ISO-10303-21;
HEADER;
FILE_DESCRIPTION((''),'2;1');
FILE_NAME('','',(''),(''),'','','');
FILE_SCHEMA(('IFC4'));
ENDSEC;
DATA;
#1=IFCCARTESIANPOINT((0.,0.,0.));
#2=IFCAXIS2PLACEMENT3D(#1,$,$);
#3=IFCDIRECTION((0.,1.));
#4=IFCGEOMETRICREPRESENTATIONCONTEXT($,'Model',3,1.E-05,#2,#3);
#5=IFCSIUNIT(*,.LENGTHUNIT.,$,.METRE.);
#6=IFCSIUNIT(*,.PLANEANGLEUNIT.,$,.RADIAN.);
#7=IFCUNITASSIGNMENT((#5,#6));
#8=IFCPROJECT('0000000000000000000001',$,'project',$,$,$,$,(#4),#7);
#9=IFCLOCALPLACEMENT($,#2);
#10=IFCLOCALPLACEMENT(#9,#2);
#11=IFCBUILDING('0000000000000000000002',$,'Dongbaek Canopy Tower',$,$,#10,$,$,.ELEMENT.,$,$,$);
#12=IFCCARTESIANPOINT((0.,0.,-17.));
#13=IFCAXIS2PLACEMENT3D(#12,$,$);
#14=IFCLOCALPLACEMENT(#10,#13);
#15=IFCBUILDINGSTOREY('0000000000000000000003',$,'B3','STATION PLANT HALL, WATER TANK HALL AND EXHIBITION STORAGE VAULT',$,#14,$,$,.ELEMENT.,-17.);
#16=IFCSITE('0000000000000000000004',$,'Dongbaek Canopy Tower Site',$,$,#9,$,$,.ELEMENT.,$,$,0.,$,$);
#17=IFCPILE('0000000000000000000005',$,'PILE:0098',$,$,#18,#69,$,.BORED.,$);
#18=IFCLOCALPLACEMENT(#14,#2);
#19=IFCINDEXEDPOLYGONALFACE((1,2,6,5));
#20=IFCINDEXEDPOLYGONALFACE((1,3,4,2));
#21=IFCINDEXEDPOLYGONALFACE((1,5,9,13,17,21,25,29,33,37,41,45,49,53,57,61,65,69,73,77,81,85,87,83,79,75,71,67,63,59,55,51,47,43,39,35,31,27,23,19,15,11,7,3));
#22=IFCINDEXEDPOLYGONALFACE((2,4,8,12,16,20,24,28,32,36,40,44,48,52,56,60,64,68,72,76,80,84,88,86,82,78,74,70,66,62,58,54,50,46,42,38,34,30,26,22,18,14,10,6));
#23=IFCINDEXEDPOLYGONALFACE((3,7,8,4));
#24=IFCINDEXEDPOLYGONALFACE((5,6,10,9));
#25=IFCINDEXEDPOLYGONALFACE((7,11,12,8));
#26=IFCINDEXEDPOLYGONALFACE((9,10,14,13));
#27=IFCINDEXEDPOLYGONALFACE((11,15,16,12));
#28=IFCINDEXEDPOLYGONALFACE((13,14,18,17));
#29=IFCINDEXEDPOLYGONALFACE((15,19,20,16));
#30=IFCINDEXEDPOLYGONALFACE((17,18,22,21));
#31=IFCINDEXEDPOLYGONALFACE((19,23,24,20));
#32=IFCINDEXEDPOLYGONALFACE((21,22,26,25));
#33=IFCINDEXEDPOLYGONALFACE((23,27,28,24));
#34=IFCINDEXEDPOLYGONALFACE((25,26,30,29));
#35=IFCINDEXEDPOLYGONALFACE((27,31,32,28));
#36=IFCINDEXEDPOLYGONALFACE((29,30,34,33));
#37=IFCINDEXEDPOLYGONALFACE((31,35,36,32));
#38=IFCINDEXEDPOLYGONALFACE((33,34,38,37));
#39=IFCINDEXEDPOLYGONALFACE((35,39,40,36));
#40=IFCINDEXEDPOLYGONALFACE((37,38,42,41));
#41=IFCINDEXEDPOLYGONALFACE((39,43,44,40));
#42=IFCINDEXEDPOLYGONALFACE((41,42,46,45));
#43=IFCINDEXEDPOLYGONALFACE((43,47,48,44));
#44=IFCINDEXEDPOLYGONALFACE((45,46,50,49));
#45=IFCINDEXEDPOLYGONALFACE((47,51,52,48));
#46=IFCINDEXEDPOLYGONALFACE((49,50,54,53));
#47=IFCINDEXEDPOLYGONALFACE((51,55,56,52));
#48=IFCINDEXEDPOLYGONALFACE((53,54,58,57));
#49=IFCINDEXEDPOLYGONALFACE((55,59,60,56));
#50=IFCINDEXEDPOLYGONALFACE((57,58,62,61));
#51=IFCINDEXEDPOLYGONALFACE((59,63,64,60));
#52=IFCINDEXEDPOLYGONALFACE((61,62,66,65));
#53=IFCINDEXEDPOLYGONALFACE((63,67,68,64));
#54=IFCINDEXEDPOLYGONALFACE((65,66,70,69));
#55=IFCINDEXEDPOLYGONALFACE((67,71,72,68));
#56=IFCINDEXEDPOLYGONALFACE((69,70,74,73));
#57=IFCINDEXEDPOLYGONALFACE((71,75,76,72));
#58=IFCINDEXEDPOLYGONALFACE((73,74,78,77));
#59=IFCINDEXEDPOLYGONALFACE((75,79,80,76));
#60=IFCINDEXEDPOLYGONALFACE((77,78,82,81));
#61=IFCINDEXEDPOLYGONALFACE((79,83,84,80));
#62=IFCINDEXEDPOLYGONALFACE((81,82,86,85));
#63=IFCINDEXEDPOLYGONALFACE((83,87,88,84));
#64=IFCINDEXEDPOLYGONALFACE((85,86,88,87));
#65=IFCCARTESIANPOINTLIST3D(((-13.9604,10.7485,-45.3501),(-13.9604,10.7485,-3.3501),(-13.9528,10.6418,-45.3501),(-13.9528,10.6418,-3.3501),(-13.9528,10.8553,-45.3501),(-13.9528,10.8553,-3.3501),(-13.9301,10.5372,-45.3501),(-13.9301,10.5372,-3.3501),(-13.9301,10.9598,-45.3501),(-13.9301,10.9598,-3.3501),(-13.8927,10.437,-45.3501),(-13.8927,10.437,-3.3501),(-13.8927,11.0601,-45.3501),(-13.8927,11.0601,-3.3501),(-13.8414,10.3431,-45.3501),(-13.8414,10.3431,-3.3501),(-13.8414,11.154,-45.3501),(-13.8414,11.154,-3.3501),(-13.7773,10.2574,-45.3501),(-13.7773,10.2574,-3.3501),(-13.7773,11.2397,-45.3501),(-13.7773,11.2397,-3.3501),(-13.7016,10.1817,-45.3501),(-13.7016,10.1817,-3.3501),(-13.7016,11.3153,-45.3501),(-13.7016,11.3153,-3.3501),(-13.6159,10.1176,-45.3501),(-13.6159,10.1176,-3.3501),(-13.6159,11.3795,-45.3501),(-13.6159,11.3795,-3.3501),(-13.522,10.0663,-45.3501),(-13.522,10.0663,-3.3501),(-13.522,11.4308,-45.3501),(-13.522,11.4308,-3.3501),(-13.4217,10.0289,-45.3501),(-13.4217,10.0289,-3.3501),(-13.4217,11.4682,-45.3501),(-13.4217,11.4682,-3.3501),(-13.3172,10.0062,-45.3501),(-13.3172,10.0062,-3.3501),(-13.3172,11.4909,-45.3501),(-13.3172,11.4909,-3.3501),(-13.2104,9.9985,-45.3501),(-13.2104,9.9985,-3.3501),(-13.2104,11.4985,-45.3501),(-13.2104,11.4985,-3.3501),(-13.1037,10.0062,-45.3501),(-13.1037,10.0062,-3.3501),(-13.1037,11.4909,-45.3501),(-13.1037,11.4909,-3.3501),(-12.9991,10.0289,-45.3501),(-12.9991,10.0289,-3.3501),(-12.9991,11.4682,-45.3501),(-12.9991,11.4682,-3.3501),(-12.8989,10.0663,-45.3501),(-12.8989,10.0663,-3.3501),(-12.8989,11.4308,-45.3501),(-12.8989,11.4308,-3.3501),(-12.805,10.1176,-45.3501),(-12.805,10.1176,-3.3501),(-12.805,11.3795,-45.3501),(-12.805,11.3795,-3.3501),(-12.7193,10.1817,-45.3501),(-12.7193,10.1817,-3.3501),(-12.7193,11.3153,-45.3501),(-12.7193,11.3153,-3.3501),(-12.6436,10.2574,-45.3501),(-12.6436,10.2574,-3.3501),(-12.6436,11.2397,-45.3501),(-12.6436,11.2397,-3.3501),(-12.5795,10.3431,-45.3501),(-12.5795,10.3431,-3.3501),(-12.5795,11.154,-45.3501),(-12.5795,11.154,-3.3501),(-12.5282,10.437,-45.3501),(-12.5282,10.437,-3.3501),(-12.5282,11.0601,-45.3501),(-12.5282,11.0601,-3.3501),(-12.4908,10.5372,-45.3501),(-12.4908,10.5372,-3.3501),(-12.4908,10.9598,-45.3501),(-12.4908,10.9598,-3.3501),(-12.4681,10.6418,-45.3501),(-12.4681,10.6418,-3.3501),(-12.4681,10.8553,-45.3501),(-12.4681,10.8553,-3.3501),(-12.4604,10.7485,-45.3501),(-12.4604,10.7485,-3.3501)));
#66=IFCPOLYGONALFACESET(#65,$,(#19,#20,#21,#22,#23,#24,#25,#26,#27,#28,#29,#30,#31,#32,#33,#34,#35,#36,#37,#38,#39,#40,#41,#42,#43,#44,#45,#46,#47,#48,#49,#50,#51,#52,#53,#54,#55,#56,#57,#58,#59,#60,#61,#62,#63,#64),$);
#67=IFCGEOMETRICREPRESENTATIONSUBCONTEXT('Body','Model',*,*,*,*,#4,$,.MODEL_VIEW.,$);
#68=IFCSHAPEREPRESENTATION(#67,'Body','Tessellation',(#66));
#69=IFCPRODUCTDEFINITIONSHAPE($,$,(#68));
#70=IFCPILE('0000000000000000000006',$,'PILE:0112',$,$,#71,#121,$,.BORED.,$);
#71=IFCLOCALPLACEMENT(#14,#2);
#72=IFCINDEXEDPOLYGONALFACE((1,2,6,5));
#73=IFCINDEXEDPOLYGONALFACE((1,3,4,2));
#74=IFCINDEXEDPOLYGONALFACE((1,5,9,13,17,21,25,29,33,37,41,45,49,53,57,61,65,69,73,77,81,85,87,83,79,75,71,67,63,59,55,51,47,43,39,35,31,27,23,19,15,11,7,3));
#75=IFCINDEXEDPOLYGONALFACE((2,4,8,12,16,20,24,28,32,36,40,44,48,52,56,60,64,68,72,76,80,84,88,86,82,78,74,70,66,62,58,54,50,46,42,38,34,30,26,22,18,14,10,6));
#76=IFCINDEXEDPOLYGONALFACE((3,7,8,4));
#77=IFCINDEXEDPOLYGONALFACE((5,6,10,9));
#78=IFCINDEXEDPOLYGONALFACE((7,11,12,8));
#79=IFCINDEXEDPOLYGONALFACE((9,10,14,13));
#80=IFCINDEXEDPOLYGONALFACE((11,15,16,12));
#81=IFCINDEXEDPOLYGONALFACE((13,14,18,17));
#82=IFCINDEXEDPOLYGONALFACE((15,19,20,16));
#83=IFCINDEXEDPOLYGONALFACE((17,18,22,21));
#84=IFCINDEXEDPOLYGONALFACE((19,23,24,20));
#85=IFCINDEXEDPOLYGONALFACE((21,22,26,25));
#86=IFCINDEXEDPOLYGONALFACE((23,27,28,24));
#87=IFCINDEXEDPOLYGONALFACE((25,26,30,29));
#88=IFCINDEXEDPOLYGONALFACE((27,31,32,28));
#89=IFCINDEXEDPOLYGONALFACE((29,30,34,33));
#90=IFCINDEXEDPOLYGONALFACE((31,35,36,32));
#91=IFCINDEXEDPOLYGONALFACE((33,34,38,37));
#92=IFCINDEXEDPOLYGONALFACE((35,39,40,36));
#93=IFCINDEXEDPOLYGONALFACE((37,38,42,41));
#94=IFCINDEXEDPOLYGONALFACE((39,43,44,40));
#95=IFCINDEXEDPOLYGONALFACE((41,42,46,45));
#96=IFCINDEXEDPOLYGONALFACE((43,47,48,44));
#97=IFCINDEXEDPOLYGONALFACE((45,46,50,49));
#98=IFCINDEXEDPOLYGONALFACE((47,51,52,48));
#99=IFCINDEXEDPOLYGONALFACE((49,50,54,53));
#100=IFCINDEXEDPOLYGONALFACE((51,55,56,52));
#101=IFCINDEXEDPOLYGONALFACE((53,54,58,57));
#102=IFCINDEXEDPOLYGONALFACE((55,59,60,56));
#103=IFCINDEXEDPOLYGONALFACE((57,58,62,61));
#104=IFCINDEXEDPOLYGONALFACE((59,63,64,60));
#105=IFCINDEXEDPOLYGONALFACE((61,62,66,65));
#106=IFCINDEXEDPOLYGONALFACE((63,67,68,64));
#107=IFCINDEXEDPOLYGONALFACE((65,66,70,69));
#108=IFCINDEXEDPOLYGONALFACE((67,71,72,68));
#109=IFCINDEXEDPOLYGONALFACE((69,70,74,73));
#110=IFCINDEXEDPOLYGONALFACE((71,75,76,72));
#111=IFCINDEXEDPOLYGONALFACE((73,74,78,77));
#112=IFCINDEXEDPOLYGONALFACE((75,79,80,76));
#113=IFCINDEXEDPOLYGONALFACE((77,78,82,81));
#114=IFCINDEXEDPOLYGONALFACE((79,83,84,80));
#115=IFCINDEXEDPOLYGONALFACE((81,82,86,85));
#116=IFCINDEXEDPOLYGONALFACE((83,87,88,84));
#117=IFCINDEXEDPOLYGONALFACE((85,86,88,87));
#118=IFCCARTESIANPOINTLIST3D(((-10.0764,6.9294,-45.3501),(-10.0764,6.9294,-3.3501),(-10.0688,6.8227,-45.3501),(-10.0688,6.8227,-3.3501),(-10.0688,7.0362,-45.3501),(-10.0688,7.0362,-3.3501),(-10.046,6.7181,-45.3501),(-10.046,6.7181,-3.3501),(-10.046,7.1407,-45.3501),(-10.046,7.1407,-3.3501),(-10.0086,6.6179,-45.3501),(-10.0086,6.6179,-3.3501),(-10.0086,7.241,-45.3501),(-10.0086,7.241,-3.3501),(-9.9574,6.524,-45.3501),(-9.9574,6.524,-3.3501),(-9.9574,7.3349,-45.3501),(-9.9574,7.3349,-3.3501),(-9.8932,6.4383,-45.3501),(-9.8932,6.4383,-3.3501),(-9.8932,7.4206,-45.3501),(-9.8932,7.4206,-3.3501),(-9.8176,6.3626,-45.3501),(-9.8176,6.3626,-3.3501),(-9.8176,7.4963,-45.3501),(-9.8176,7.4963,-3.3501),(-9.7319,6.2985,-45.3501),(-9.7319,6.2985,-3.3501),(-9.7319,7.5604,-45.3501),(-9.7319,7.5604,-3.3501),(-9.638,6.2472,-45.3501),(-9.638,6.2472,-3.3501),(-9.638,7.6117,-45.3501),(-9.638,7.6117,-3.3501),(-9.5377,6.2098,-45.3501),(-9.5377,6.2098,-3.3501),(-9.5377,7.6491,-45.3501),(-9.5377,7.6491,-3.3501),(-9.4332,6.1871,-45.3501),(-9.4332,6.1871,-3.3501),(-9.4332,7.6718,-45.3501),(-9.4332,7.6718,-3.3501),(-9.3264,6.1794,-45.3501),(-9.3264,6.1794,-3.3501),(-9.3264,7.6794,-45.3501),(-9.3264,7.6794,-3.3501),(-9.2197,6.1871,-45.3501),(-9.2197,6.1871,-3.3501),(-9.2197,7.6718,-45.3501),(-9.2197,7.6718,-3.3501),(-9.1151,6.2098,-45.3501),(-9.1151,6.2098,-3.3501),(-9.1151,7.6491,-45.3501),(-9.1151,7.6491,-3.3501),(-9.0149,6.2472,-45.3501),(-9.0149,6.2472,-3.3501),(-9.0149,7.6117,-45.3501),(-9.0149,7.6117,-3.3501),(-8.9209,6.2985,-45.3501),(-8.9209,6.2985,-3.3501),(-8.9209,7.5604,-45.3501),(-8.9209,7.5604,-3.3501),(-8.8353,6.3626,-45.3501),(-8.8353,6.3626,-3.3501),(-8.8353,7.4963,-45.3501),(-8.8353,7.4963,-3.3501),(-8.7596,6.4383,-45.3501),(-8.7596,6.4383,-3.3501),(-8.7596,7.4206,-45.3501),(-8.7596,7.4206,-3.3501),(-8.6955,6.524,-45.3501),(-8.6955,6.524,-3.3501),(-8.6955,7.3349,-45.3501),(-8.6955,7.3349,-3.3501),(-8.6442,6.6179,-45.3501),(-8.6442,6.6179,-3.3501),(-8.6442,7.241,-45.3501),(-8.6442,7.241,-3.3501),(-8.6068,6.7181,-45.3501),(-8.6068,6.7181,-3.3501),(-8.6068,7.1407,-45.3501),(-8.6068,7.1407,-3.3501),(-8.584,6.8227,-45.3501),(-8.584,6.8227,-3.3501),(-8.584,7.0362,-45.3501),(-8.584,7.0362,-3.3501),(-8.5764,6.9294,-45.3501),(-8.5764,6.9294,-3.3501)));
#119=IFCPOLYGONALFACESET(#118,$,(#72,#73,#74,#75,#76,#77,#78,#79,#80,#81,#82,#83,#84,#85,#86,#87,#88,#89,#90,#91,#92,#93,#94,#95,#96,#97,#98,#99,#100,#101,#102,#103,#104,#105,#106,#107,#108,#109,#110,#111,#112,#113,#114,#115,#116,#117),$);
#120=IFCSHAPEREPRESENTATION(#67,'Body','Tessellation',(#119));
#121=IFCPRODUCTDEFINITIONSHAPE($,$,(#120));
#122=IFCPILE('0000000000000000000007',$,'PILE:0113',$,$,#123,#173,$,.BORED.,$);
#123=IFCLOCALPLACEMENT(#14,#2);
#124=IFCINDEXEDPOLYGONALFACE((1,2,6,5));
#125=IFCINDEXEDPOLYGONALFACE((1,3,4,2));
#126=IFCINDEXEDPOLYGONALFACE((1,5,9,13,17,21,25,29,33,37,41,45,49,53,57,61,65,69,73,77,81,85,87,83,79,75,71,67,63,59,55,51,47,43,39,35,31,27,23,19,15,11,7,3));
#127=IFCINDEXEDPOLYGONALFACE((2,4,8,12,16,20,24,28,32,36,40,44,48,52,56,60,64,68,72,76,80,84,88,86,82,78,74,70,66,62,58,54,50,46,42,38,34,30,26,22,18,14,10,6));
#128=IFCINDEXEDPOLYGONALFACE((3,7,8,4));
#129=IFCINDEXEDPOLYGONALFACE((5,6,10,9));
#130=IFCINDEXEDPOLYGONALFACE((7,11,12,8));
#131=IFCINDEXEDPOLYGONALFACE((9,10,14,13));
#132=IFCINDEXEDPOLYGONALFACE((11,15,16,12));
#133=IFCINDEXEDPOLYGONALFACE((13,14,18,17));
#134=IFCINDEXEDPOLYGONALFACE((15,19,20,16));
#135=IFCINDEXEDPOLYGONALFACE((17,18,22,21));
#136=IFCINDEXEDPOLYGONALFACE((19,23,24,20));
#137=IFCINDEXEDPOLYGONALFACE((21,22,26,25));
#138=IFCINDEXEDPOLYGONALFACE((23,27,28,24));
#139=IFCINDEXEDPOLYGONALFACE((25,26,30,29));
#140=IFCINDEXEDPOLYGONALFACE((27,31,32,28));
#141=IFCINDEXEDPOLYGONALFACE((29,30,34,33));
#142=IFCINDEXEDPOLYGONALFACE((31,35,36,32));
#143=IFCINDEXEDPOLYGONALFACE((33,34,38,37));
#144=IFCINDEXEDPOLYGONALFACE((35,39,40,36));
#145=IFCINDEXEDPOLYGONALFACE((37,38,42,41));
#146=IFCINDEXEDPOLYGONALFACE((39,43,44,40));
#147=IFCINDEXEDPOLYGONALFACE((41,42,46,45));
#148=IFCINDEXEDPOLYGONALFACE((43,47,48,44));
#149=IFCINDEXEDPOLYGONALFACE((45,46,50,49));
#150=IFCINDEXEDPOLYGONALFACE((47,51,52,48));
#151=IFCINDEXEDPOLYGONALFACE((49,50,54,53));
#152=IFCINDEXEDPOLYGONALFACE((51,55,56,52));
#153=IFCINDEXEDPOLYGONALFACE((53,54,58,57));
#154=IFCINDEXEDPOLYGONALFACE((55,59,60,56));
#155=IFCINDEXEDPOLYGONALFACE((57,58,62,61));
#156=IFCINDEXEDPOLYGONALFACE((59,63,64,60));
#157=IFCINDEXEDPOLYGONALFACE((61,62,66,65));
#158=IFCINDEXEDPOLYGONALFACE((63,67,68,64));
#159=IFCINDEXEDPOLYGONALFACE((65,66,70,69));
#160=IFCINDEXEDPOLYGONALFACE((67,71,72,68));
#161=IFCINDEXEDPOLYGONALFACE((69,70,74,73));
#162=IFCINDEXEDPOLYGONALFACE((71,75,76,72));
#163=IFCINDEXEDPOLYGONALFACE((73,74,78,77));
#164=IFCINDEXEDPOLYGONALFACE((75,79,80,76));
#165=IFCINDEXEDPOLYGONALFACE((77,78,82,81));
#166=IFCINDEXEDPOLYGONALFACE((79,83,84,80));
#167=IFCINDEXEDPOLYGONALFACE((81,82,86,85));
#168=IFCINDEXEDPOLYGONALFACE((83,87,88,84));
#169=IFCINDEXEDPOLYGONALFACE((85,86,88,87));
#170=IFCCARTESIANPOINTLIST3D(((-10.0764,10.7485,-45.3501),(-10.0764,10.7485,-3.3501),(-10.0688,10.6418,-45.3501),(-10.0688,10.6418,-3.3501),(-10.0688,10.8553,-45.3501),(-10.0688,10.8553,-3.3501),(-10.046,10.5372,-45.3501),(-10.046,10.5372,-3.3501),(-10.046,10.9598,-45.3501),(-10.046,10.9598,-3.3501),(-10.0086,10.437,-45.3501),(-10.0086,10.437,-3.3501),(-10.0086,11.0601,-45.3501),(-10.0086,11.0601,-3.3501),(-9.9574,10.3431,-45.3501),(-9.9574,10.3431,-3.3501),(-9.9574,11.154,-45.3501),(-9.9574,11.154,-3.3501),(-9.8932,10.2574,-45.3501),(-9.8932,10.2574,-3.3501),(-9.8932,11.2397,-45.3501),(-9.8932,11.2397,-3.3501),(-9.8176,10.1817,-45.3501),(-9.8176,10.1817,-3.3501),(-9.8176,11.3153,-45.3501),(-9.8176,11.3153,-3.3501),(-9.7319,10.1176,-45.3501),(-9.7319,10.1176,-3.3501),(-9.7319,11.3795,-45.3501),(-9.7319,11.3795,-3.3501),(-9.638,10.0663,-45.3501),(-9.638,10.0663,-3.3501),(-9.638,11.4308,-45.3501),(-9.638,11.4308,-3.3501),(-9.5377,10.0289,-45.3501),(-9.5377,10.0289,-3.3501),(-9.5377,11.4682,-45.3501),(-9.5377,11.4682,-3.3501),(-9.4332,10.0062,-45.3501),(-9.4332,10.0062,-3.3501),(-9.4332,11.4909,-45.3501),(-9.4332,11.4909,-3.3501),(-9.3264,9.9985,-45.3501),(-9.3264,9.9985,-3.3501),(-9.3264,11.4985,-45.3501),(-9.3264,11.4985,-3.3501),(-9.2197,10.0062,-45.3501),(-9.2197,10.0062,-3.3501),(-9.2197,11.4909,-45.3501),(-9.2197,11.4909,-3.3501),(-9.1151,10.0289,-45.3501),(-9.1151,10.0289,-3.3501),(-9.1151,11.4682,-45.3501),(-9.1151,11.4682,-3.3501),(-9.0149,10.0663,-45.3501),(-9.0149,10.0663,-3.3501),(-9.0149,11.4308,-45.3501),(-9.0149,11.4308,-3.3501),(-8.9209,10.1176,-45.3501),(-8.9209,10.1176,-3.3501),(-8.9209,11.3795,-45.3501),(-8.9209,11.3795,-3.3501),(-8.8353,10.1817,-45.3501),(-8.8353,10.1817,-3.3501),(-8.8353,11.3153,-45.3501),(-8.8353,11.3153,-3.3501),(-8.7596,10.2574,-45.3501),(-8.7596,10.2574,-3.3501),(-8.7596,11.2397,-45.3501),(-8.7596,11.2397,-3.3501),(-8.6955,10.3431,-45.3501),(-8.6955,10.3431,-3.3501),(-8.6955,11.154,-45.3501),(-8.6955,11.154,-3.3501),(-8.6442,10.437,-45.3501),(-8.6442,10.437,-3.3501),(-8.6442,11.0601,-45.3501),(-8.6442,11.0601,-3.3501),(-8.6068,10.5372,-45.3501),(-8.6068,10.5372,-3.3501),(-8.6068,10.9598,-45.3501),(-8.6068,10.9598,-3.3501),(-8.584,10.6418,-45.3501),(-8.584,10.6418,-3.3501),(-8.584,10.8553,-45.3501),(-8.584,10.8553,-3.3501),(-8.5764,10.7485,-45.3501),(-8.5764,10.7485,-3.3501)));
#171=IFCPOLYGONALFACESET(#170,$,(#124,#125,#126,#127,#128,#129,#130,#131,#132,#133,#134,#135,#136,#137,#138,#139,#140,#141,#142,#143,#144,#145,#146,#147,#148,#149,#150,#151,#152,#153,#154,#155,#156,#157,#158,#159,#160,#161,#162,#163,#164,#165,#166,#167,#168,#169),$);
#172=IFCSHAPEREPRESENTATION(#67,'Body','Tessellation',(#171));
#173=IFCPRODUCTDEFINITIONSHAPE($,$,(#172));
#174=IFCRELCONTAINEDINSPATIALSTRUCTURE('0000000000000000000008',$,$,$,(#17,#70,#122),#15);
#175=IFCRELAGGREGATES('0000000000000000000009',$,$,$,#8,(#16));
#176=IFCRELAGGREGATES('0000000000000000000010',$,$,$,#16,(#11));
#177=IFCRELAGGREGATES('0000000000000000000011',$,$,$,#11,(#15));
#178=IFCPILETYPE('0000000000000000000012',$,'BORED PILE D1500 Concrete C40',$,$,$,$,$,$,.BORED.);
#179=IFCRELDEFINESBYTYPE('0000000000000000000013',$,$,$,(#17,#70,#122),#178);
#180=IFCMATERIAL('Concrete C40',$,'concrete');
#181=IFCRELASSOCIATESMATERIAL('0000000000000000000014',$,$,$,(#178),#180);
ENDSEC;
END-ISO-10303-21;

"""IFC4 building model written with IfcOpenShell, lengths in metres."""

from ifc_helpers import new_model, si_unit, direction, frame, origin, origin_2d, place, context, subcontext, project, spatial, circle, extrude, material, material_profile, profile_set, type_object, element, save


model = new_model("IFC4")

# Units and contexts
model_context = context("Model", 3, precision=1e-05, world=origin(), true_north=direction((0.0, 1.0)))
body_context = subcontext(model_context, "Body", "Model", "MODEL_VIEW")
ifc_project = project(units=[si_unit("LENGTHUNIT", "METRE"), si_unit("PLANEANGLEUNIT", "RADIAN")], contexts=[model_context])

# Site, building, storey
site_placement = place(None, origin())
site = spatial("IfcSite", under=ifc_project, at=site_placement, Name="Dongbaek Canopy Tower Site", CompositionType="ELEMENT", RefElevation=0.0)
building_placement = place(site_placement, origin())
building = spatial("IfcBuilding", under=site, at=building_placement, Name="Dongbaek Canopy Tower", CompositionType="ELEMENT")
storey_placement = place(building_placement, frame((0.0, 0.0, -17.0)))
storey = spatial("IfcBuildingStorey", under=building, at=storey_placement, Name="B3", Description="STATION PLANT HALL, WATER TANK HALL AND EXHIBITION STORAGE VAULT", CompositionType="ELEMENT", Elevation=-17.0)

# Piles
ifc_material_1 = material(Name="Concrete C40", Category="concrete")
ifc_material_profile = material_profile(ifc_material_1, circle(Radius=0.75, at=origin_2d()), Name="BORED PILE D1500 Concrete C40")
ifc_profile_set = profile_set([ifc_material_profile], Name="Concrete C40")
pile_type = type_object("IfcPileType", Name="BORED PILE D1500 Concrete C40", PredefinedType="BORED", material=ifc_profile_set)
for number, where, z_axis, x_axis, name in (
    (1, (-13.2104, 10.7485, -3.3501), (0.0, 0.0, -1.0), (1.0, 0.0, 0.0), "PILE:0098"),
    (2, (-9.3264, 6.9294, -3.3501), (0.0, 0.0, -1.0), (1.0, 0.0, 0.0), "PILE:0112"),
    (3, (-9.3264, 10.7485, -3.3501), (0.0, 0.0, -1.0), (1.0, 0.0, 0.0), "PILE:0113"),
):
    element("IfcPile", number, at=place(storey_placement, frame(where, z_axis=z_axis, x_axis=x_axis)), inside=storey, type_object=pile_type, Name=name, PredefinedType="BORED", context=body_context, shape_type="SweptSolid", body=[
        extrude(circle(Radius=0.75, at=origin_2d()), origin(), (0.0, 0.0, 1.0), 42.0),
    ])

save(model, "model.ifc")
